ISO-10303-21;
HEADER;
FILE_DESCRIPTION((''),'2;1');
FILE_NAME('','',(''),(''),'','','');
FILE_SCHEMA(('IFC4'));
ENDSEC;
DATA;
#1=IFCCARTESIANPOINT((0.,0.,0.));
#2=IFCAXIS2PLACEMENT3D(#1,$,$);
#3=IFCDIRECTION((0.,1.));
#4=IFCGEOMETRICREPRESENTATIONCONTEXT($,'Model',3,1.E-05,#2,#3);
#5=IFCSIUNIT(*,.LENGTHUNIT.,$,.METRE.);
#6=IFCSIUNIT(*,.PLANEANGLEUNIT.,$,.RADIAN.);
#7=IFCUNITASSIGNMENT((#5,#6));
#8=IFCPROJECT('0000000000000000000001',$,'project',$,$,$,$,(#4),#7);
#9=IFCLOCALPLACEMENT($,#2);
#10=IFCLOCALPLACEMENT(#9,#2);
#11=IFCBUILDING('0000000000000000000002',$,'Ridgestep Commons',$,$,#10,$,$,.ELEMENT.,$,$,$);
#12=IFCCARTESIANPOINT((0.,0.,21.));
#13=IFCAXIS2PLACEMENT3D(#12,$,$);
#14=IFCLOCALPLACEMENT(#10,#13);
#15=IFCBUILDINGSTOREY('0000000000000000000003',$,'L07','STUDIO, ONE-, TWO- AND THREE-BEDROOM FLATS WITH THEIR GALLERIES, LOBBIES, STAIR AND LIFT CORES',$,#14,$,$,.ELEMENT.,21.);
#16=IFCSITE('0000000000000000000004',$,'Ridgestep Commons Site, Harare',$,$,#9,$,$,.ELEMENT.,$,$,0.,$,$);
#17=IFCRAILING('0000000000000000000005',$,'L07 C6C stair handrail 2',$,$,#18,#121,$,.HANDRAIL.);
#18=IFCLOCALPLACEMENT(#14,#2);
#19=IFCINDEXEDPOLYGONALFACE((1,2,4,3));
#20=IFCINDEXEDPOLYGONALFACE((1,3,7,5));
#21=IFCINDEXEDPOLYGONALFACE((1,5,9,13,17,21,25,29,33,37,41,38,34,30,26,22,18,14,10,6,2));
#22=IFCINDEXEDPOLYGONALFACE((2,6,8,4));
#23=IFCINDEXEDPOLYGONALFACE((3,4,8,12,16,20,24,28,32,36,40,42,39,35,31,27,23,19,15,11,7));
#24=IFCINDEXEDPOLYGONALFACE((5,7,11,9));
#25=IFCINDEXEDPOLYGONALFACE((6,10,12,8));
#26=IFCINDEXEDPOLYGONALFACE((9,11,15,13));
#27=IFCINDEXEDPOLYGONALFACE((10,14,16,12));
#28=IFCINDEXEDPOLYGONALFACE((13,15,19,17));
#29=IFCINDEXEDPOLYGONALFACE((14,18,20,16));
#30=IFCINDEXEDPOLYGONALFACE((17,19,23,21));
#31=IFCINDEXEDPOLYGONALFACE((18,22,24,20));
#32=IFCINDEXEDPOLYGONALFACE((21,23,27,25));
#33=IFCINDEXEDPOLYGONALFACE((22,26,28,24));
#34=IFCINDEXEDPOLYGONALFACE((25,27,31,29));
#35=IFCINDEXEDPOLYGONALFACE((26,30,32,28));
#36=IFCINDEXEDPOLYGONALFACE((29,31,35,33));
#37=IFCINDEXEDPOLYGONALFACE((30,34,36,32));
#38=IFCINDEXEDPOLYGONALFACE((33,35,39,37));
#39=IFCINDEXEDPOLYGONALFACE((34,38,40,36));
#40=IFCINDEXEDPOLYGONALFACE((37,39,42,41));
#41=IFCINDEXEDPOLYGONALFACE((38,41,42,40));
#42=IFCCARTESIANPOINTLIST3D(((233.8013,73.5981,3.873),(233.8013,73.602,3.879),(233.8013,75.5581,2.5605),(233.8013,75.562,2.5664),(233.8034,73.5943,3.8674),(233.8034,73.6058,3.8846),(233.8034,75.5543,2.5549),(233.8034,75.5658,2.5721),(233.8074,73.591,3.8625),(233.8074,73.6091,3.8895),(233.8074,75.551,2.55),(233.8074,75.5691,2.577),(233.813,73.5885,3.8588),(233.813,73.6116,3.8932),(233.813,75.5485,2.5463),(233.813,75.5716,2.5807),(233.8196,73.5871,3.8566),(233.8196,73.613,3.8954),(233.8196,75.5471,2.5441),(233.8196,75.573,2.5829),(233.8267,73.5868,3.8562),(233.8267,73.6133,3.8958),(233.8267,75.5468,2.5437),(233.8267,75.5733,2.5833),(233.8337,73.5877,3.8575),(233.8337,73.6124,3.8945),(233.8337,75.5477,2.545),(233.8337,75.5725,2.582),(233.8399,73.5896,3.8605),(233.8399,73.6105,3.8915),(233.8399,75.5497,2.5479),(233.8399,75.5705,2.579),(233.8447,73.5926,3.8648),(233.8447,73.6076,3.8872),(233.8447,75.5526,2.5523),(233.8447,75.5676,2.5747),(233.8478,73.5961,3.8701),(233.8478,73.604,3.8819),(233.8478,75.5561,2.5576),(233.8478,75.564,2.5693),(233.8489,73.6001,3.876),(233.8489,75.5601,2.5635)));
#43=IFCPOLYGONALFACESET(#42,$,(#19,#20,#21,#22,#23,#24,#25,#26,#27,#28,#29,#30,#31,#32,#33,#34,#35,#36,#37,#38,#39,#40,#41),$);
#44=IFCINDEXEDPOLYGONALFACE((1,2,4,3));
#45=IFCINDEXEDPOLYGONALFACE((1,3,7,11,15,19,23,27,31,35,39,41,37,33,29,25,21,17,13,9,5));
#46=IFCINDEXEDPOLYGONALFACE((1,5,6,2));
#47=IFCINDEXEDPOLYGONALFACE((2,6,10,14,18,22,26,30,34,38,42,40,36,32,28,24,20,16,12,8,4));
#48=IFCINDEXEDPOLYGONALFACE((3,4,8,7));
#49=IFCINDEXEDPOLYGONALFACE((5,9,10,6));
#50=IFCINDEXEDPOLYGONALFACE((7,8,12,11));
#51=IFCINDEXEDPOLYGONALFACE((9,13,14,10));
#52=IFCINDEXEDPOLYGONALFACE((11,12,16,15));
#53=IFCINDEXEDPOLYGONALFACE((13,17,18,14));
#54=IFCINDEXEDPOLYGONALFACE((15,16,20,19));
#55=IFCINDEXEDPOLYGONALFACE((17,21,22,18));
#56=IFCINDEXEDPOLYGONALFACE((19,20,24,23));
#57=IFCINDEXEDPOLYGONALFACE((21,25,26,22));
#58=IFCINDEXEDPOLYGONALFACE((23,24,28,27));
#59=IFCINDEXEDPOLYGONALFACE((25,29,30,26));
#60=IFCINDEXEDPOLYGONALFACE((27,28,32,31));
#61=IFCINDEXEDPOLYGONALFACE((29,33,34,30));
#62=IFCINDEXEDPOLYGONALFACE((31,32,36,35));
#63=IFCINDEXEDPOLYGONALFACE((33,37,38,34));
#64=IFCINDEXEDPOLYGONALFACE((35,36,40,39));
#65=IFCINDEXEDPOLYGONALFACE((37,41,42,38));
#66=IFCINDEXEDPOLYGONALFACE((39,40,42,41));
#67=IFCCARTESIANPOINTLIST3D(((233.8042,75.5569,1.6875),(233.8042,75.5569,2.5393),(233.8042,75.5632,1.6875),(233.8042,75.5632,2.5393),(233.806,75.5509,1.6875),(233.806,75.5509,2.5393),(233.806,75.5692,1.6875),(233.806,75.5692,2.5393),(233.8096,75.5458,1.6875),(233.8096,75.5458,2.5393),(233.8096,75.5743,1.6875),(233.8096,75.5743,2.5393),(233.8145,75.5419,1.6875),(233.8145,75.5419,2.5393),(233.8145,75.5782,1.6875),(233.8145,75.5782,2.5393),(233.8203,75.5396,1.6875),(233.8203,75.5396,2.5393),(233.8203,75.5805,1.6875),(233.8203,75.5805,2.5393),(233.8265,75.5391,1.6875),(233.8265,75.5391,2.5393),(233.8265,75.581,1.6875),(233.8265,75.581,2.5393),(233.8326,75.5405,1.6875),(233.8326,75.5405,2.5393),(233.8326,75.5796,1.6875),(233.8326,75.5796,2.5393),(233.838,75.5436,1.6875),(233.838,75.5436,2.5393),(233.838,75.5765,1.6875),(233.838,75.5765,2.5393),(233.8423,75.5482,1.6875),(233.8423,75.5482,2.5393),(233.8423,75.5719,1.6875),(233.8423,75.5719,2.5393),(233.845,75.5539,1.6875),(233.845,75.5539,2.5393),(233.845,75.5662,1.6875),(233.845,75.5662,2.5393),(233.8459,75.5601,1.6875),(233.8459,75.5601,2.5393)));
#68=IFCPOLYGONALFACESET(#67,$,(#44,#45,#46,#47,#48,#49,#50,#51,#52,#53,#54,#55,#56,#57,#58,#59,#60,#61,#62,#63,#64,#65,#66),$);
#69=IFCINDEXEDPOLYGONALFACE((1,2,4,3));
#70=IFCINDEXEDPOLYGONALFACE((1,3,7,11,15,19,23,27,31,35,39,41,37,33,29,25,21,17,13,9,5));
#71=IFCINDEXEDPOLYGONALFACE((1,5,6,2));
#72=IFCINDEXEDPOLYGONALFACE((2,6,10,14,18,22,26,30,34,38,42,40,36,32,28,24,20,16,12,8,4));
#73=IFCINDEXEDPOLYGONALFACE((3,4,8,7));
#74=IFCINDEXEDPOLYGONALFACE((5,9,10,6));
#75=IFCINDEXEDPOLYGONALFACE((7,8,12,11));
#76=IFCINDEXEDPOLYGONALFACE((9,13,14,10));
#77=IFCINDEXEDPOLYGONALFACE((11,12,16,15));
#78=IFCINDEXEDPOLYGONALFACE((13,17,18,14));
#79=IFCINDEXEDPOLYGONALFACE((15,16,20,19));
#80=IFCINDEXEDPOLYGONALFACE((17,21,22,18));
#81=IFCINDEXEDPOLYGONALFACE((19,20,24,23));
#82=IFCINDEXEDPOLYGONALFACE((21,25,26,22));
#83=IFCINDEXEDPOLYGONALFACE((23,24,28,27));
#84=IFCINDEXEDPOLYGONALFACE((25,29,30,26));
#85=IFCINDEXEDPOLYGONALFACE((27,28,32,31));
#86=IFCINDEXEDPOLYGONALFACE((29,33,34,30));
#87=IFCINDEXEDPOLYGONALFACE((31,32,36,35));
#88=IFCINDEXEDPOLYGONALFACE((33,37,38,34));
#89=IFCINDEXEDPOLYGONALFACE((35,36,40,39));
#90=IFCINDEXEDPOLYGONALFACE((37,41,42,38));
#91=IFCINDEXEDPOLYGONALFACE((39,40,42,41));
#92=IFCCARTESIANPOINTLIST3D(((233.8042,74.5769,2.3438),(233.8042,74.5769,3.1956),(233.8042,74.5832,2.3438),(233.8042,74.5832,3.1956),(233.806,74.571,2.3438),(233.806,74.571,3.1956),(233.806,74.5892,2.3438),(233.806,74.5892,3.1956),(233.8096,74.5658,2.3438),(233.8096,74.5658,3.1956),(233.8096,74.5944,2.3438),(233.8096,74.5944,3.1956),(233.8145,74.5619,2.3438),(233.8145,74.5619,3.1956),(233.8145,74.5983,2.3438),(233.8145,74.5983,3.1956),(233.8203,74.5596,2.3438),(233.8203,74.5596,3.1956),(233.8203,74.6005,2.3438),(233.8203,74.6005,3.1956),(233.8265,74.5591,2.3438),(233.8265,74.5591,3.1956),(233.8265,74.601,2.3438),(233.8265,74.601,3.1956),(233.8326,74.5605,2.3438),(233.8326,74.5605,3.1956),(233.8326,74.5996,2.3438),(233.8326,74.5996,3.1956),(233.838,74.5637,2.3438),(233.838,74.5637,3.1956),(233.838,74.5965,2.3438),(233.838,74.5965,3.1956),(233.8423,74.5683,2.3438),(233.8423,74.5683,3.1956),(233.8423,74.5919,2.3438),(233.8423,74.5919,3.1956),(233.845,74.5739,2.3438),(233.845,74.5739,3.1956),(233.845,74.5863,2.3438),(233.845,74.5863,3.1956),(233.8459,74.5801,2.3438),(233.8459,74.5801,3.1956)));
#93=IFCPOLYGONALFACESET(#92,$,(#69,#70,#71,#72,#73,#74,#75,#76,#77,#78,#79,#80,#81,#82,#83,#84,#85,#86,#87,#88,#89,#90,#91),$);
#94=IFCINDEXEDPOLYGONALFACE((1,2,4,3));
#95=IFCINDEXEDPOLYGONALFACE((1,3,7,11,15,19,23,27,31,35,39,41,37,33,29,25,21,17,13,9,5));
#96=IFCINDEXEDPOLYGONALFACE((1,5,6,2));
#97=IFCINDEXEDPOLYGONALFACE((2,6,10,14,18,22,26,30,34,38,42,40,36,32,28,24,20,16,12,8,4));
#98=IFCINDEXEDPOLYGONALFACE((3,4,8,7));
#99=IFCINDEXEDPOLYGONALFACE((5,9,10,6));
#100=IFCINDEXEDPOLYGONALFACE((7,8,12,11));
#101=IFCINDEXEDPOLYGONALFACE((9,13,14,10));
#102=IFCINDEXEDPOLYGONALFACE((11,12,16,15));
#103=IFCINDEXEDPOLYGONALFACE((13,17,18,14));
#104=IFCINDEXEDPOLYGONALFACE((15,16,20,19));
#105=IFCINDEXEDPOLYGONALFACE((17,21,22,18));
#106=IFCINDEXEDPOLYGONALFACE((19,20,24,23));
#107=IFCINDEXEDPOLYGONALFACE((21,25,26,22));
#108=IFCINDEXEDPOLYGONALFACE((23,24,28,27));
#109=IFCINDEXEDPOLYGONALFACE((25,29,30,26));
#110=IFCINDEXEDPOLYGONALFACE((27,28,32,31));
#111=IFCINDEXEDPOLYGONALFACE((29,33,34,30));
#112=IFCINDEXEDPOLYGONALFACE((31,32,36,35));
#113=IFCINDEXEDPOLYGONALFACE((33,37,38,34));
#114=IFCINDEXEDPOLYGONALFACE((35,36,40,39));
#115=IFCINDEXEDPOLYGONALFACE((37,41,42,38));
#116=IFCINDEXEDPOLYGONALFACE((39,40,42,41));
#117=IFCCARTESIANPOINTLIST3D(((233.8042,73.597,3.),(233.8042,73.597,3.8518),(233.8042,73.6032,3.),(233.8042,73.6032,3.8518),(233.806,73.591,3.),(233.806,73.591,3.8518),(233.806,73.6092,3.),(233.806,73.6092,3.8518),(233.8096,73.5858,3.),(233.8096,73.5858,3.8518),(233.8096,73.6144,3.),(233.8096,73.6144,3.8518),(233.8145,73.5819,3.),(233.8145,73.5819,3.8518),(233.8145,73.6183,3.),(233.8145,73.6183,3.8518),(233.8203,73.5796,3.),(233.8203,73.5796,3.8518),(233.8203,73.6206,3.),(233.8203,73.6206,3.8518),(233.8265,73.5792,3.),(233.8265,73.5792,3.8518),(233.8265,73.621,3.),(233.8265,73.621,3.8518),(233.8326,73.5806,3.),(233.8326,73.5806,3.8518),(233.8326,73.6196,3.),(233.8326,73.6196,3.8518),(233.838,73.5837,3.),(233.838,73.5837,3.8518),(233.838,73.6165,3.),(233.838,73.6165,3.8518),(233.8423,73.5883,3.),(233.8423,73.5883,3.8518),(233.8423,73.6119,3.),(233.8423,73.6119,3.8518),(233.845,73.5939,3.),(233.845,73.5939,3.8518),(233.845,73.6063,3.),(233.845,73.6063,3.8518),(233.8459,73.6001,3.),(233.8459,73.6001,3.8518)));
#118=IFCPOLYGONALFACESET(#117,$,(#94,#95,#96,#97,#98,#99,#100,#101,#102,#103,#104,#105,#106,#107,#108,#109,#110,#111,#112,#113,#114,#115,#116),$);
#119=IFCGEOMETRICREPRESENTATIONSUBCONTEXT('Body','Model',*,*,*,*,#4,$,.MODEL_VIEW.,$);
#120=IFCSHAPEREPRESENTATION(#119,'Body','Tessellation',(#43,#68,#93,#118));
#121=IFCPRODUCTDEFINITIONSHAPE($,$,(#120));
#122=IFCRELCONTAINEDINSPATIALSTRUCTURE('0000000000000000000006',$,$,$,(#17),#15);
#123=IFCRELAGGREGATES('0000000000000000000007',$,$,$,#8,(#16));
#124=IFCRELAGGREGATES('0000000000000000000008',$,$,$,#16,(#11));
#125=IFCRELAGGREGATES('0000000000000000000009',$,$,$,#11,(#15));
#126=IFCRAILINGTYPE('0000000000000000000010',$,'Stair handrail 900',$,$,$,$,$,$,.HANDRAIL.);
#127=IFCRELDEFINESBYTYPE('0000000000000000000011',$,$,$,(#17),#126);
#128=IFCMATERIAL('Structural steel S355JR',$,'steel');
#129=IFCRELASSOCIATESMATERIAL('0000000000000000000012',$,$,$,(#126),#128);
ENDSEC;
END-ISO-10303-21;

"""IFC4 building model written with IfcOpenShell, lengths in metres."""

from ifc_helpers import new_model, si_unit, direction, frame, origin, origin_2d, place, context, subcontext, project, spatial, circle, extrude, material, type_object, element, save


model = new_model("IFC4")

# Units and contexts
model_context = context("Model", 3, precision=1e-05, world=origin(), true_north=direction((0.0, 1.0)))
body_context = subcontext(model_context, "Body", "Model", "MODEL_VIEW")
ifc_project = project(units=[si_unit("LENGTHUNIT", "METRE"), si_unit("PLANEANGLEUNIT", "RADIAN")], contexts=[model_context])

# Site, building, storey
site_placement = place(None, origin())
site = spatial("IfcSite", under=ifc_project, at=site_placement, Name="Ridgestep Commons Site, Harare", CompositionType="ELEMENT", RefElevation=0.0)
building_placement = place(site_placement, origin())
building = spatial("IfcBuilding", under=site, at=building_placement, Name="Ridgestep Commons", CompositionType="ELEMENT")
storey_placement = place(building_placement, frame((0.0, 0.0, 21.0)))
storey = spatial("IfcBuildingStorey", under=building, at=storey_placement, Name="L07", Description="STUDIO, ONE-, TWO- AND THREE-BEDROOM FLATS WITH THEIR GALLERIES, LOBBIES, STAIR AND LIFT CORES", CompositionType="ELEMENT", Elevation=21.0)

# Railing
ifc_material_1 = material(Name="Structural steel S355JR", Category="steel")
railing_type_1 = type_object("IfcRailingType", Name="Stair handrail 900", PredefinedType="HANDRAIL", material=ifc_material_1)
railing_1_placement = place(storey_placement, frame((233.825, 75.5601, 1.6875)))
element("IfcRailing", 1, at=railing_1_placement, inside=storey, type_object=railing_type_1, Name="L07 C6C stair handrail 2", PredefinedType="HANDRAIL", context=body_context, shape_type="SweptSolid", body=[
    extrude(circle(Radius=0.0239, at=origin_2d()), frame((0.0, 0.0, 0.876), z_axis=(0.0, -0.830902, 0.556419), x_axis=(1.0, 0.0, 0.0)), (0.0, 0.0, 1.0), 2.3589),
    extrude(circle(Radius=0.021, at=origin_2d()), origin(), (0.0, 0.0, 1.0), 0.8518),
    extrude(circle(Radius=0.021, at=origin_2d()), frame((0.0, -0.98, 0.6562)), (0.0, 0.0, 1.0), 0.8518),
    extrude(circle(Radius=0.021, at=origin_2d()), frame((0.0, -1.96, 1.3125)), (0.0, 0.0, 1.0), 0.8518),
])

save(model, "model.ifc")
